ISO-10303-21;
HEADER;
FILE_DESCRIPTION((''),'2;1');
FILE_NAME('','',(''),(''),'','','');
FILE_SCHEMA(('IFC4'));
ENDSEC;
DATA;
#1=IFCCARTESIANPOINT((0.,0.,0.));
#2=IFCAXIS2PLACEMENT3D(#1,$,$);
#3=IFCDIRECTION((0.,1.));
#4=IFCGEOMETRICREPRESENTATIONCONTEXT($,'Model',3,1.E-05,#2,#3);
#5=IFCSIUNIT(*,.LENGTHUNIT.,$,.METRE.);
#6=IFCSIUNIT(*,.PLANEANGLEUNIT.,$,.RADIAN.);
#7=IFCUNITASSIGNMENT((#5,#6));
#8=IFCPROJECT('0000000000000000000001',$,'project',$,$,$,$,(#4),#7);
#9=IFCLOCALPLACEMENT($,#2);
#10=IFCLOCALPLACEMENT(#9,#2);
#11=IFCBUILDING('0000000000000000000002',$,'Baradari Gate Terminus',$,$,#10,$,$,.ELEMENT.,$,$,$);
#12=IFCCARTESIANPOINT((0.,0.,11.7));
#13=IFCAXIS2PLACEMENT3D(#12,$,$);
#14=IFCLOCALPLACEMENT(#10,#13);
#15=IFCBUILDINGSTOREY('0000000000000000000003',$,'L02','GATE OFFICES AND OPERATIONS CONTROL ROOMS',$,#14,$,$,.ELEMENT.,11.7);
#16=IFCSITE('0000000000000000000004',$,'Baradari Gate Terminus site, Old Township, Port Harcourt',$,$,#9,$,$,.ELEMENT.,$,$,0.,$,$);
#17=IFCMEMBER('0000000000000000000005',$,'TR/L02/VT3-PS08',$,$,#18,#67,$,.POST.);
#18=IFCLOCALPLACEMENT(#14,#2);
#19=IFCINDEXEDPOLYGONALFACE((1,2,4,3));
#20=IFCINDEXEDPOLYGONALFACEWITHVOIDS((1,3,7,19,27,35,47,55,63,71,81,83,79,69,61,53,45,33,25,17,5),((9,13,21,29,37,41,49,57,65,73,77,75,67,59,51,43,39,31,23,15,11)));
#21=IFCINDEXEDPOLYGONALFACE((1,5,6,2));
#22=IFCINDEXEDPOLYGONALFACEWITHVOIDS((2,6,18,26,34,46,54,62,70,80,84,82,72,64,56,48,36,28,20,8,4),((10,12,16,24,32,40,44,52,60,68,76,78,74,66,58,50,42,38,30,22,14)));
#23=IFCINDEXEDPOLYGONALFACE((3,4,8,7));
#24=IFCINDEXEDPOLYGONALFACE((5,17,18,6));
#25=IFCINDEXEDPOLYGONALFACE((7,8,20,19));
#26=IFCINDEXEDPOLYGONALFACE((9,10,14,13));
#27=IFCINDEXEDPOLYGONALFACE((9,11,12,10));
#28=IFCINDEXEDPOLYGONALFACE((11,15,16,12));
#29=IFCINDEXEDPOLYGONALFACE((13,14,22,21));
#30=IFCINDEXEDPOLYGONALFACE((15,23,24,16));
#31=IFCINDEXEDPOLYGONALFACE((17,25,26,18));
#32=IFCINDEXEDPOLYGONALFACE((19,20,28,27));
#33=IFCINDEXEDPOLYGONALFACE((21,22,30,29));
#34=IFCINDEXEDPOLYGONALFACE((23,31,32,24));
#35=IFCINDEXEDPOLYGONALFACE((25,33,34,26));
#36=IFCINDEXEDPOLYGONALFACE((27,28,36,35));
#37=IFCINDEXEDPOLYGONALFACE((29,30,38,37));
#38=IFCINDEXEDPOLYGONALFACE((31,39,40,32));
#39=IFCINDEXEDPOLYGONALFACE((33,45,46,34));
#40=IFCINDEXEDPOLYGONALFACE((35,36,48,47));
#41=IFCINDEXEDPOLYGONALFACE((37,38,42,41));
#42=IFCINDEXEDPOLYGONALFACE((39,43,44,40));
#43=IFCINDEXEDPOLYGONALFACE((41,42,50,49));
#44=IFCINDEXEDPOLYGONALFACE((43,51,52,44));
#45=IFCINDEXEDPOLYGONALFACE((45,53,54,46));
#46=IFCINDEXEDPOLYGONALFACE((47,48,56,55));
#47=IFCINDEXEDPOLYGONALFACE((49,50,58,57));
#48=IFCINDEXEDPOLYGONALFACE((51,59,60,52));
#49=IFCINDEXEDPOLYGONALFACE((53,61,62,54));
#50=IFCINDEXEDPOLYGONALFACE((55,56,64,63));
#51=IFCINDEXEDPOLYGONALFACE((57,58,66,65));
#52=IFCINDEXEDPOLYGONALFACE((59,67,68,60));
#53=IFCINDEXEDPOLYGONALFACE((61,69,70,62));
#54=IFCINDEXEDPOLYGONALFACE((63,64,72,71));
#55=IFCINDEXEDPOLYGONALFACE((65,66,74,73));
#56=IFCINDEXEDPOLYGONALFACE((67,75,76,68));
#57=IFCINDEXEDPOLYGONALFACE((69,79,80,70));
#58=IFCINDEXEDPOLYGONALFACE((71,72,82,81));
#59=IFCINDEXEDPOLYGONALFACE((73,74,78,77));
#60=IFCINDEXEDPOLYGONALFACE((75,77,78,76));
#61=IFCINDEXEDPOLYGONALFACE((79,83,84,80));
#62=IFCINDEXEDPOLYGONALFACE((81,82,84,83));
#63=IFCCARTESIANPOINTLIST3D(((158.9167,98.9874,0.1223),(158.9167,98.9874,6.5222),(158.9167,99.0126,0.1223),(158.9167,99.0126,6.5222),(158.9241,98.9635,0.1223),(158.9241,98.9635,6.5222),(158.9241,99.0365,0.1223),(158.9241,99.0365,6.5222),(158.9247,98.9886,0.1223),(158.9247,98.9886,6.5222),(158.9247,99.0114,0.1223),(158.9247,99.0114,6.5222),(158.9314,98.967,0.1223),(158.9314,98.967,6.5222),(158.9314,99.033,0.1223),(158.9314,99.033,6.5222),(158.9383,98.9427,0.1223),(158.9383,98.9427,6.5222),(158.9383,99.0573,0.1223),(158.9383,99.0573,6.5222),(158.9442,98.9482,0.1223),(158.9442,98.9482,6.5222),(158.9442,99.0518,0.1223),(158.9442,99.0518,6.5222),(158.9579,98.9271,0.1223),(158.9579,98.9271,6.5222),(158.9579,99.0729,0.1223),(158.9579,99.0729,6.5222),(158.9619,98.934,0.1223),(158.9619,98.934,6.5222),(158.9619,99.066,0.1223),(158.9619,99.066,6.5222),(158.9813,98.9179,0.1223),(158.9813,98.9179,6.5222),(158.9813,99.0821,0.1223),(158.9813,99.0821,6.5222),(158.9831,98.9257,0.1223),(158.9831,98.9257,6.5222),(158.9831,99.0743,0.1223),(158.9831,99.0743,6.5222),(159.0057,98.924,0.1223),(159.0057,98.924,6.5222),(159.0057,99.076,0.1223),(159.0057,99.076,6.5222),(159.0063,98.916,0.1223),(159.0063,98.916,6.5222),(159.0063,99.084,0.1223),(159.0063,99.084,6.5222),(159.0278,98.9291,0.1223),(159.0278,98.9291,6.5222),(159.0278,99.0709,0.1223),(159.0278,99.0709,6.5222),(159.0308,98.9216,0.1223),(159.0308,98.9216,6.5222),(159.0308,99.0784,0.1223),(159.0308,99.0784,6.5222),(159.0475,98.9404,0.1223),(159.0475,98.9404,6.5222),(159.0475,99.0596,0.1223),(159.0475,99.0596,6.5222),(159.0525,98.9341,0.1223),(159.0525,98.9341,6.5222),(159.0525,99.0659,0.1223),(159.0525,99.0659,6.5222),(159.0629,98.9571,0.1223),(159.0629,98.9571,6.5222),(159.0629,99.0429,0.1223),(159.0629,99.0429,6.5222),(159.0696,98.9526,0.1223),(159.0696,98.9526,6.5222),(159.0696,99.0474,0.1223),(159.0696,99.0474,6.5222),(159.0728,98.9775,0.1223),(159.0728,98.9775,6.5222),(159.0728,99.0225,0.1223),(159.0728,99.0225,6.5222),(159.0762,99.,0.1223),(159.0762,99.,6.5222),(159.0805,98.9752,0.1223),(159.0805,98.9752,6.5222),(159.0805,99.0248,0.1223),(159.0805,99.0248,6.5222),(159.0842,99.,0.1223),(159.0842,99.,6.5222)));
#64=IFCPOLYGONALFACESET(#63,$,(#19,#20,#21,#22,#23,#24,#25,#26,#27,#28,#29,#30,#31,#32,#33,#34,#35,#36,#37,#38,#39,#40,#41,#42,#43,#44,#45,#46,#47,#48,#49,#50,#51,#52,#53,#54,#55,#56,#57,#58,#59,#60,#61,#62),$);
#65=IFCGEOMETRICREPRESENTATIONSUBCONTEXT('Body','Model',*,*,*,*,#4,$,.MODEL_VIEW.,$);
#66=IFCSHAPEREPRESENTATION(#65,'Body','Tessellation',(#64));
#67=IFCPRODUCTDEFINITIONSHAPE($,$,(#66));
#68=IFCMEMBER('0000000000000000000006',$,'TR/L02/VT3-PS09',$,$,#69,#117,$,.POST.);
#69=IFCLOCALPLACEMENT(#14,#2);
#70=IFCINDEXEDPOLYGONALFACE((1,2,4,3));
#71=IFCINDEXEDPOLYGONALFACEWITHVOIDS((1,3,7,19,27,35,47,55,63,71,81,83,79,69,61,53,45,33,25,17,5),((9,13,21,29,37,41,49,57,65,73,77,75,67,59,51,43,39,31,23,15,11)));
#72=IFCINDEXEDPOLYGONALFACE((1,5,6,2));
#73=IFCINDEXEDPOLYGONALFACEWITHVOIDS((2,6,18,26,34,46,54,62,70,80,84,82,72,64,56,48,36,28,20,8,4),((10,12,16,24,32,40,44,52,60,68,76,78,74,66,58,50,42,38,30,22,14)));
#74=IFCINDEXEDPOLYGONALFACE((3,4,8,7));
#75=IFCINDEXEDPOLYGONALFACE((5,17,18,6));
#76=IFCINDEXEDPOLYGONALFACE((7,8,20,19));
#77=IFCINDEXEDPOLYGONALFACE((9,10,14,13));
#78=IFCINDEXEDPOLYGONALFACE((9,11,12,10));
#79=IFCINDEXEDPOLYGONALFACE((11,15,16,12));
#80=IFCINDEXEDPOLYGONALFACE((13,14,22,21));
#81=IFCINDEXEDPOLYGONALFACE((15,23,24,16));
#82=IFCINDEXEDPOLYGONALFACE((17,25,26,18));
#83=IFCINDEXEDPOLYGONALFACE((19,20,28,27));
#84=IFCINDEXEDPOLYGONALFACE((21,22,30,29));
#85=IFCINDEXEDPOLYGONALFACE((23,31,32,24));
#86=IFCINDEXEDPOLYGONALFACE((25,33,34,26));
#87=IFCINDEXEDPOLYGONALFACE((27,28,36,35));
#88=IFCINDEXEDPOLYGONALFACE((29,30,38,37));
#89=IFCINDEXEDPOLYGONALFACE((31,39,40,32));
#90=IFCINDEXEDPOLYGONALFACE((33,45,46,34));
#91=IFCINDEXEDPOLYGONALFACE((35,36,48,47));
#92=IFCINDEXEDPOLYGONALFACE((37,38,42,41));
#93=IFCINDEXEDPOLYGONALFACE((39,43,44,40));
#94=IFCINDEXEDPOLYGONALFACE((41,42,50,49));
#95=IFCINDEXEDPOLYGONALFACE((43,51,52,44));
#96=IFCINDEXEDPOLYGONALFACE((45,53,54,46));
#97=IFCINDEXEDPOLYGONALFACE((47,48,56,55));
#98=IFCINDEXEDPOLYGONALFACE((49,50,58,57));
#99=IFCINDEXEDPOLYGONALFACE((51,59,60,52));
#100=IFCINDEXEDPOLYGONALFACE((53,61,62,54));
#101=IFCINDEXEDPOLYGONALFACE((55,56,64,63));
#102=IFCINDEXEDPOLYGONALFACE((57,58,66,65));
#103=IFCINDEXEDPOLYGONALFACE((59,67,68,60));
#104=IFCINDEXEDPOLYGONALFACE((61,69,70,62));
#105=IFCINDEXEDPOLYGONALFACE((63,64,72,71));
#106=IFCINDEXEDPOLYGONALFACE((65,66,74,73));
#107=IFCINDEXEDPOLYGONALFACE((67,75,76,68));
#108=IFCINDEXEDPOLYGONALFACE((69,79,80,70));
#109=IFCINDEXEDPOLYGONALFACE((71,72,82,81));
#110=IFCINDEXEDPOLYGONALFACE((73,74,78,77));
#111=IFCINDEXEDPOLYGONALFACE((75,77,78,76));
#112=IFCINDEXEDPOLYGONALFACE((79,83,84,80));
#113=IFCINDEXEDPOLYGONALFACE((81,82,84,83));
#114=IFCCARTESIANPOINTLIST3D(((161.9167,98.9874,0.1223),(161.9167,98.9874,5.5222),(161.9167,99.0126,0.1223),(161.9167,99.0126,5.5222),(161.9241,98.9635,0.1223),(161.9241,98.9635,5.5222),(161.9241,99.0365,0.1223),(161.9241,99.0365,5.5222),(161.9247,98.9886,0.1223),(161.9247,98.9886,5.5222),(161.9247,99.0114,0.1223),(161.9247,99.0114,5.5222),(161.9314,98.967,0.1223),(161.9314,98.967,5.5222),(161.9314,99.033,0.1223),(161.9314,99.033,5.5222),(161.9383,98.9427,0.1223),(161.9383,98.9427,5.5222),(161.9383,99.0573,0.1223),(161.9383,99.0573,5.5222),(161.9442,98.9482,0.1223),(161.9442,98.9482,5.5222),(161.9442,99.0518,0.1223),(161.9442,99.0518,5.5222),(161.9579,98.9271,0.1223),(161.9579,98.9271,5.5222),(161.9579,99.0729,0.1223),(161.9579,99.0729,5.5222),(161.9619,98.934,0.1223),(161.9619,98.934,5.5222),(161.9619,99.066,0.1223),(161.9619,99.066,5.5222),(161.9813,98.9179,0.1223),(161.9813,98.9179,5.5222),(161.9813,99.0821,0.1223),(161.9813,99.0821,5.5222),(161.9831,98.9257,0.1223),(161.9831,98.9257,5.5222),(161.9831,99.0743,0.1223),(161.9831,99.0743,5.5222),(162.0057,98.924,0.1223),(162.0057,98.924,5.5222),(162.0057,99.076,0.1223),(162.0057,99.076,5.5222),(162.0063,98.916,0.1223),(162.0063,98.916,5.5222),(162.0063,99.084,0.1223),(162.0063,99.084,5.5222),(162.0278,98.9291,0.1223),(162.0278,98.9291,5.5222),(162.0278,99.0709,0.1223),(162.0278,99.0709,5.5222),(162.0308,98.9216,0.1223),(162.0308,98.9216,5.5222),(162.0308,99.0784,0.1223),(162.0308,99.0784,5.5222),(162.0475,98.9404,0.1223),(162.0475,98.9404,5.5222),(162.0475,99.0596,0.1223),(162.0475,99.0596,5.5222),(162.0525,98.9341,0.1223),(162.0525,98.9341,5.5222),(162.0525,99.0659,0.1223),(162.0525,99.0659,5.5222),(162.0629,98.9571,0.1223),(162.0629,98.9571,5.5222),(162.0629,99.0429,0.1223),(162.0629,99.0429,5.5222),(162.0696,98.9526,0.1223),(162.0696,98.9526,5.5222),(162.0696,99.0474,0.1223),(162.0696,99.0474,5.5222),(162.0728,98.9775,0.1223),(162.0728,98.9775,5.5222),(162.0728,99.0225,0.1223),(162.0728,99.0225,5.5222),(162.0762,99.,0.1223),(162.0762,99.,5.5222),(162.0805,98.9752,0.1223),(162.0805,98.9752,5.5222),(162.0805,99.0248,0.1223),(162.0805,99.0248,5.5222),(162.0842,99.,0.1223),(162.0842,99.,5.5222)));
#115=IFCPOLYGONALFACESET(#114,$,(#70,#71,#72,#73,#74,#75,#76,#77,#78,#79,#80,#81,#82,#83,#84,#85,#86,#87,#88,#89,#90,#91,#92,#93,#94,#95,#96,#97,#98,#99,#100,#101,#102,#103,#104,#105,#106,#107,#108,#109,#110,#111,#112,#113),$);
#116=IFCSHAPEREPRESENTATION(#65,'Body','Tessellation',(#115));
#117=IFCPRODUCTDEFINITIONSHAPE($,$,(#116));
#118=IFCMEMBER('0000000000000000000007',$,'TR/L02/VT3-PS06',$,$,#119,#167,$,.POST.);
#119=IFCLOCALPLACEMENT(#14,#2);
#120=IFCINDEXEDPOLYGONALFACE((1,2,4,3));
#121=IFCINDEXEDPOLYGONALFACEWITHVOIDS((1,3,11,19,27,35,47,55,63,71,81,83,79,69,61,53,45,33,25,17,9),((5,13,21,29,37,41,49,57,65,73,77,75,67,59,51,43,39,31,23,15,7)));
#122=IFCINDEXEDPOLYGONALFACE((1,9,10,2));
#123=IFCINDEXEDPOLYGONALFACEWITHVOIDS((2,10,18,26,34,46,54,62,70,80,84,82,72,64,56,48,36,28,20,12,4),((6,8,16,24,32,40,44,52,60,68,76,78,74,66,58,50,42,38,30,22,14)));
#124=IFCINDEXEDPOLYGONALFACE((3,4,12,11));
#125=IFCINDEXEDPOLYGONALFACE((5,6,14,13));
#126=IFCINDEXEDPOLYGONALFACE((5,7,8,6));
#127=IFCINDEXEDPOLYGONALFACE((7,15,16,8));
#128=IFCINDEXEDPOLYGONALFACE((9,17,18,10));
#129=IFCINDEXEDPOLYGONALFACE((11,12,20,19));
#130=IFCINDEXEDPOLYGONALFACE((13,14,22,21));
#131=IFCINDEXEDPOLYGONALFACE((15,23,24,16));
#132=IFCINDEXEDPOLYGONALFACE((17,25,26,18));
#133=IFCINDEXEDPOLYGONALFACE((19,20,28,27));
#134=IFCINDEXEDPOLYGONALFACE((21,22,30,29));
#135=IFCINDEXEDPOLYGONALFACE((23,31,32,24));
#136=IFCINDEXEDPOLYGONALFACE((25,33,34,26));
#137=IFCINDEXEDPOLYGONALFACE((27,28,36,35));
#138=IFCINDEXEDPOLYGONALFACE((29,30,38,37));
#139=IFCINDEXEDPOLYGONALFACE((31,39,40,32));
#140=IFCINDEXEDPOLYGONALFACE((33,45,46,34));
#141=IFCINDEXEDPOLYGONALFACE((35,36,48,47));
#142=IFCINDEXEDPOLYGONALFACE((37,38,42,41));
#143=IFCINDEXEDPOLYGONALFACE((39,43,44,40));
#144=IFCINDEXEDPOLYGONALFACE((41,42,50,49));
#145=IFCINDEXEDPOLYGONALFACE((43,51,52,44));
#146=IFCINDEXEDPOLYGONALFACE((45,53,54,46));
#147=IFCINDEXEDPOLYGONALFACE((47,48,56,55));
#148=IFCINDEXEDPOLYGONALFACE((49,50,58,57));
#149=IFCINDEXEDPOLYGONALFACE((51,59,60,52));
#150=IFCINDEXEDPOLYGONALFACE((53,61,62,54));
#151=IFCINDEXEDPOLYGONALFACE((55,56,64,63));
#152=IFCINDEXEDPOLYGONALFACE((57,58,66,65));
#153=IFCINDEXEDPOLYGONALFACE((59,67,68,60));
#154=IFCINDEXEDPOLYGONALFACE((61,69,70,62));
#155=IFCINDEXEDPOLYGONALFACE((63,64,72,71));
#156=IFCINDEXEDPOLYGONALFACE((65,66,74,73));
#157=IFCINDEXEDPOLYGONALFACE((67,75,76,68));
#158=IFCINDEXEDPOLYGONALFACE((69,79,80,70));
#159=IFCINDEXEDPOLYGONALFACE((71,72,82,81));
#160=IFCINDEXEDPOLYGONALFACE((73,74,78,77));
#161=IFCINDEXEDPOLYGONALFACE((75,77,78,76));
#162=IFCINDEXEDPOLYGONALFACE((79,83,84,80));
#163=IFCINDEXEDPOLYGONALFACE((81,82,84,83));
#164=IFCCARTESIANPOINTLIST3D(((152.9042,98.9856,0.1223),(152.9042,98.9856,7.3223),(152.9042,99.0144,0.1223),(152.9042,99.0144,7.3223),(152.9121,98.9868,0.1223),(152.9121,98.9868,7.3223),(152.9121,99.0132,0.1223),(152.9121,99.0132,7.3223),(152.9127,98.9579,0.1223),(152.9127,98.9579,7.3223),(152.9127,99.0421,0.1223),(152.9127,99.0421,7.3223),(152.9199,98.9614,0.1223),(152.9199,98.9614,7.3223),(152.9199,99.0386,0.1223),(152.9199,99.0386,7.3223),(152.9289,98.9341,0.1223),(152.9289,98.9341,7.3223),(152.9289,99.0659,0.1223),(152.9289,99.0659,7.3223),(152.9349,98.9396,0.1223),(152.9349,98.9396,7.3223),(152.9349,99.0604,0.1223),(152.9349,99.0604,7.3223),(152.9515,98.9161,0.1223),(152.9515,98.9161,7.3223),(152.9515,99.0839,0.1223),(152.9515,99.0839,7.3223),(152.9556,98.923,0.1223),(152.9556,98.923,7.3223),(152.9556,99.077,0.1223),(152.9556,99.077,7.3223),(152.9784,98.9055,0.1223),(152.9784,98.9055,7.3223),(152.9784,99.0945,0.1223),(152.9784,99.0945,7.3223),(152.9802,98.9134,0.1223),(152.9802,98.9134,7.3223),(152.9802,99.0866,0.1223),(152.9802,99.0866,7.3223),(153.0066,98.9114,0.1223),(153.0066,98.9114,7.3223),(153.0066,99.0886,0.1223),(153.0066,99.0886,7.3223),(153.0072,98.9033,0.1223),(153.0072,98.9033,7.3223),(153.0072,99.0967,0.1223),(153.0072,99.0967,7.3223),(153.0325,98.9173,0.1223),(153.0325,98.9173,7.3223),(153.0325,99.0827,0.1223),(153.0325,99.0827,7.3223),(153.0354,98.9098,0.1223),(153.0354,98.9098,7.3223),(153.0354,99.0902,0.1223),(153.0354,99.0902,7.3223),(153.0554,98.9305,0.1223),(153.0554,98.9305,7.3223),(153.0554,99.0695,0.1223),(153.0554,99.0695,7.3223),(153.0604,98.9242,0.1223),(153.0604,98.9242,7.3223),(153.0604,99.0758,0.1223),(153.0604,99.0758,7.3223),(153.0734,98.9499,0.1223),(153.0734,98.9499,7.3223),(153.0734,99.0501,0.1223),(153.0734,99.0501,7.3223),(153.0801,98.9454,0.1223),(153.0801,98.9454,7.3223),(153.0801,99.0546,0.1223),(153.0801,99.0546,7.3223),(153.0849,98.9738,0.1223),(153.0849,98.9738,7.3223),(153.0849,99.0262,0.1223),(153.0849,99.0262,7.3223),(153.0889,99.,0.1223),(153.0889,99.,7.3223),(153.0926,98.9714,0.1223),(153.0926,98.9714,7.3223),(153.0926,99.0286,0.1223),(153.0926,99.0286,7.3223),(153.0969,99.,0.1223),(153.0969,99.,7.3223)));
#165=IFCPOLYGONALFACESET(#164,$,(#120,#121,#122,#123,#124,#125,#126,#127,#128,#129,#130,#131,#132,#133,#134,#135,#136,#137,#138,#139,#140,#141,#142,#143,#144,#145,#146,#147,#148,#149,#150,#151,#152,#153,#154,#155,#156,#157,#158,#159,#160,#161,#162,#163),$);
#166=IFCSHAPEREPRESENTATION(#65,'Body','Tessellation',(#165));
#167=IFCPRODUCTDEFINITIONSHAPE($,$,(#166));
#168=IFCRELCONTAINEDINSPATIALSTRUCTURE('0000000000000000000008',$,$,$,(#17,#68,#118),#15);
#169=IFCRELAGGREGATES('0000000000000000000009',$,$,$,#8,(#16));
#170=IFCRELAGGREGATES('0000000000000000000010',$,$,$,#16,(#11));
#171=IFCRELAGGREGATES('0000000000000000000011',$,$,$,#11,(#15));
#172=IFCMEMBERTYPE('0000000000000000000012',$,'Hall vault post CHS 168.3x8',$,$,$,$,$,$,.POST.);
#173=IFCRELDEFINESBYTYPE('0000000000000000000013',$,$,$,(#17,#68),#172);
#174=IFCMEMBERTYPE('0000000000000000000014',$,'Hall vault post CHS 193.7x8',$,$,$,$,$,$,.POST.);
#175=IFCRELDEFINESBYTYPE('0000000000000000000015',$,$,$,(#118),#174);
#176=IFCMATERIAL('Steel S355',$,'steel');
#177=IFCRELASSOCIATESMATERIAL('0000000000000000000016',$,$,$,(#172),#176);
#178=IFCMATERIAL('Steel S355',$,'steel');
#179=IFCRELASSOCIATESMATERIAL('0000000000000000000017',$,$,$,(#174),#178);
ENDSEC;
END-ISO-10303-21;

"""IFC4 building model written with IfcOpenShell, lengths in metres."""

from ifc_helpers import new_model, si_unit, direction, frame, origin, origin_2d, place, context, subcontext, project, spatial, hollow_circle, extrude, material, material_profile, profile_set, type_object, element, save


model = new_model("IFC4")

# Units and contexts
model_context = context("Model", 3, precision=1e-05, world=origin(), true_north=direction((0.0, 1.0)))
body_context = subcontext(model_context, "Body", "Model", "MODEL_VIEW")
ifc_project = project(units=[si_unit("LENGTHUNIT", "METRE"), si_unit("PLANEANGLEUNIT", "RADIAN")], contexts=[model_context])

# Site, building, storey
site_placement = place(None, origin())
site = spatial("IfcSite", under=ifc_project, at=site_placement, Name="Baradari Gate Terminus site, Old Township, Port Harcourt", CompositionType="ELEMENT", RefElevation=0.0)
building_placement = place(site_placement, origin())
building = spatial("IfcBuilding", under=site, at=building_placement, Name="Baradari Gate Terminus", CompositionType="ELEMENT")
storey_placement = place(building_placement, frame((0.0, 0.0, 11.7)))
storey = spatial("IfcBuildingStorey", under=building, at=storey_placement, Name="L02", Description="GATE OFFICES AND OPERATIONS CONTROL ROOMS", CompositionType="ELEMENT", Elevation=11.7)

# Members
ifc_material_1 = material(Name="Steel S355", Category="steel")
ifc_material_profile_1 = material_profile(ifc_material_1, hollow_circle(Radius=0.0842, WallThickness=0.0081, at=origin_2d()), Name="CHS 168.3x8")
ifc_profile_set_1 = profile_set([ifc_material_profile_1], Name="Steel S355")
member_type_1 = type_object("IfcMemberType", Name="Hall vault post CHS 168.3x8", PredefinedType="POST", material=ifc_profile_set_1)
member_1_placement = place(storey_placement, frame((159.0, 99.0, 0.1223), z_axis=(0.0, 0.0, 1.0), x_axis=(1.0, 0.0, 0.0)))
element("IfcMember", 1, at=member_1_placement, inside=storey, type_object=member_type_1, Name="TR/L02/VT3-PS08", PredefinedType="POST", context=body_context, shape_type="SweptSolid", body=[
    extrude(hollow_circle(Radius=0.0842, WallThickness=0.0081, at=origin_2d()), origin(), (0.0, 0.0, 1.0), 6.3999),
])
member_2_placement = place(storey_placement, frame((162.0, 99.0, 0.1223), z_axis=(0.0, 0.0, 1.0), x_axis=(1.0, 0.0, 0.0)))
element("IfcMember", 2, at=member_2_placement, inside=storey, type_object=member_type_1, Name="TR/L02/VT3-PS09", PredefinedType="POST", context=body_context, shape_type="SweptSolid", body=[
    extrude(hollow_circle(Radius=0.0842, WallThickness=0.0081, at=origin_2d()), origin(), (0.0, 0.0, 1.0), 5.3999),
])
ifc_material_2 = material(Name="Steel S355", Category="steel")
ifc_material_profile_2 = material_profile(ifc_material_2, hollow_circle(Radius=0.0969, WallThickness=0.0081, at=origin_2d()), Name="CHS 193.7x8")
ifc_profile_set_2 = profile_set([ifc_material_profile_2], Name="Steel S355")
member_type_2 = type_object("IfcMemberType", Name="Hall vault post CHS 193.7x8", PredefinedType="POST", material=ifc_profile_set_2)
member_3_placement = place(storey_placement, frame((153.0, 99.0, 0.1223), z_axis=(0.0, 0.0, 1.0), x_axis=(1.0, 0.0, 0.0)))
element("IfcMember", 3, at=member_3_placement, inside=storey, type_object=member_type_2, Name="TR/L02/VT3-PS06", PredefinedType="POST", context=body_context, shape_type="SweptSolid", body=[
    extrude(hollow_circle(Radius=0.0969, WallThickness=0.0081, at=origin_2d()), origin(), (0.0, 0.0, 1.0), 7.2),
])

save(model, "model.ifc")
